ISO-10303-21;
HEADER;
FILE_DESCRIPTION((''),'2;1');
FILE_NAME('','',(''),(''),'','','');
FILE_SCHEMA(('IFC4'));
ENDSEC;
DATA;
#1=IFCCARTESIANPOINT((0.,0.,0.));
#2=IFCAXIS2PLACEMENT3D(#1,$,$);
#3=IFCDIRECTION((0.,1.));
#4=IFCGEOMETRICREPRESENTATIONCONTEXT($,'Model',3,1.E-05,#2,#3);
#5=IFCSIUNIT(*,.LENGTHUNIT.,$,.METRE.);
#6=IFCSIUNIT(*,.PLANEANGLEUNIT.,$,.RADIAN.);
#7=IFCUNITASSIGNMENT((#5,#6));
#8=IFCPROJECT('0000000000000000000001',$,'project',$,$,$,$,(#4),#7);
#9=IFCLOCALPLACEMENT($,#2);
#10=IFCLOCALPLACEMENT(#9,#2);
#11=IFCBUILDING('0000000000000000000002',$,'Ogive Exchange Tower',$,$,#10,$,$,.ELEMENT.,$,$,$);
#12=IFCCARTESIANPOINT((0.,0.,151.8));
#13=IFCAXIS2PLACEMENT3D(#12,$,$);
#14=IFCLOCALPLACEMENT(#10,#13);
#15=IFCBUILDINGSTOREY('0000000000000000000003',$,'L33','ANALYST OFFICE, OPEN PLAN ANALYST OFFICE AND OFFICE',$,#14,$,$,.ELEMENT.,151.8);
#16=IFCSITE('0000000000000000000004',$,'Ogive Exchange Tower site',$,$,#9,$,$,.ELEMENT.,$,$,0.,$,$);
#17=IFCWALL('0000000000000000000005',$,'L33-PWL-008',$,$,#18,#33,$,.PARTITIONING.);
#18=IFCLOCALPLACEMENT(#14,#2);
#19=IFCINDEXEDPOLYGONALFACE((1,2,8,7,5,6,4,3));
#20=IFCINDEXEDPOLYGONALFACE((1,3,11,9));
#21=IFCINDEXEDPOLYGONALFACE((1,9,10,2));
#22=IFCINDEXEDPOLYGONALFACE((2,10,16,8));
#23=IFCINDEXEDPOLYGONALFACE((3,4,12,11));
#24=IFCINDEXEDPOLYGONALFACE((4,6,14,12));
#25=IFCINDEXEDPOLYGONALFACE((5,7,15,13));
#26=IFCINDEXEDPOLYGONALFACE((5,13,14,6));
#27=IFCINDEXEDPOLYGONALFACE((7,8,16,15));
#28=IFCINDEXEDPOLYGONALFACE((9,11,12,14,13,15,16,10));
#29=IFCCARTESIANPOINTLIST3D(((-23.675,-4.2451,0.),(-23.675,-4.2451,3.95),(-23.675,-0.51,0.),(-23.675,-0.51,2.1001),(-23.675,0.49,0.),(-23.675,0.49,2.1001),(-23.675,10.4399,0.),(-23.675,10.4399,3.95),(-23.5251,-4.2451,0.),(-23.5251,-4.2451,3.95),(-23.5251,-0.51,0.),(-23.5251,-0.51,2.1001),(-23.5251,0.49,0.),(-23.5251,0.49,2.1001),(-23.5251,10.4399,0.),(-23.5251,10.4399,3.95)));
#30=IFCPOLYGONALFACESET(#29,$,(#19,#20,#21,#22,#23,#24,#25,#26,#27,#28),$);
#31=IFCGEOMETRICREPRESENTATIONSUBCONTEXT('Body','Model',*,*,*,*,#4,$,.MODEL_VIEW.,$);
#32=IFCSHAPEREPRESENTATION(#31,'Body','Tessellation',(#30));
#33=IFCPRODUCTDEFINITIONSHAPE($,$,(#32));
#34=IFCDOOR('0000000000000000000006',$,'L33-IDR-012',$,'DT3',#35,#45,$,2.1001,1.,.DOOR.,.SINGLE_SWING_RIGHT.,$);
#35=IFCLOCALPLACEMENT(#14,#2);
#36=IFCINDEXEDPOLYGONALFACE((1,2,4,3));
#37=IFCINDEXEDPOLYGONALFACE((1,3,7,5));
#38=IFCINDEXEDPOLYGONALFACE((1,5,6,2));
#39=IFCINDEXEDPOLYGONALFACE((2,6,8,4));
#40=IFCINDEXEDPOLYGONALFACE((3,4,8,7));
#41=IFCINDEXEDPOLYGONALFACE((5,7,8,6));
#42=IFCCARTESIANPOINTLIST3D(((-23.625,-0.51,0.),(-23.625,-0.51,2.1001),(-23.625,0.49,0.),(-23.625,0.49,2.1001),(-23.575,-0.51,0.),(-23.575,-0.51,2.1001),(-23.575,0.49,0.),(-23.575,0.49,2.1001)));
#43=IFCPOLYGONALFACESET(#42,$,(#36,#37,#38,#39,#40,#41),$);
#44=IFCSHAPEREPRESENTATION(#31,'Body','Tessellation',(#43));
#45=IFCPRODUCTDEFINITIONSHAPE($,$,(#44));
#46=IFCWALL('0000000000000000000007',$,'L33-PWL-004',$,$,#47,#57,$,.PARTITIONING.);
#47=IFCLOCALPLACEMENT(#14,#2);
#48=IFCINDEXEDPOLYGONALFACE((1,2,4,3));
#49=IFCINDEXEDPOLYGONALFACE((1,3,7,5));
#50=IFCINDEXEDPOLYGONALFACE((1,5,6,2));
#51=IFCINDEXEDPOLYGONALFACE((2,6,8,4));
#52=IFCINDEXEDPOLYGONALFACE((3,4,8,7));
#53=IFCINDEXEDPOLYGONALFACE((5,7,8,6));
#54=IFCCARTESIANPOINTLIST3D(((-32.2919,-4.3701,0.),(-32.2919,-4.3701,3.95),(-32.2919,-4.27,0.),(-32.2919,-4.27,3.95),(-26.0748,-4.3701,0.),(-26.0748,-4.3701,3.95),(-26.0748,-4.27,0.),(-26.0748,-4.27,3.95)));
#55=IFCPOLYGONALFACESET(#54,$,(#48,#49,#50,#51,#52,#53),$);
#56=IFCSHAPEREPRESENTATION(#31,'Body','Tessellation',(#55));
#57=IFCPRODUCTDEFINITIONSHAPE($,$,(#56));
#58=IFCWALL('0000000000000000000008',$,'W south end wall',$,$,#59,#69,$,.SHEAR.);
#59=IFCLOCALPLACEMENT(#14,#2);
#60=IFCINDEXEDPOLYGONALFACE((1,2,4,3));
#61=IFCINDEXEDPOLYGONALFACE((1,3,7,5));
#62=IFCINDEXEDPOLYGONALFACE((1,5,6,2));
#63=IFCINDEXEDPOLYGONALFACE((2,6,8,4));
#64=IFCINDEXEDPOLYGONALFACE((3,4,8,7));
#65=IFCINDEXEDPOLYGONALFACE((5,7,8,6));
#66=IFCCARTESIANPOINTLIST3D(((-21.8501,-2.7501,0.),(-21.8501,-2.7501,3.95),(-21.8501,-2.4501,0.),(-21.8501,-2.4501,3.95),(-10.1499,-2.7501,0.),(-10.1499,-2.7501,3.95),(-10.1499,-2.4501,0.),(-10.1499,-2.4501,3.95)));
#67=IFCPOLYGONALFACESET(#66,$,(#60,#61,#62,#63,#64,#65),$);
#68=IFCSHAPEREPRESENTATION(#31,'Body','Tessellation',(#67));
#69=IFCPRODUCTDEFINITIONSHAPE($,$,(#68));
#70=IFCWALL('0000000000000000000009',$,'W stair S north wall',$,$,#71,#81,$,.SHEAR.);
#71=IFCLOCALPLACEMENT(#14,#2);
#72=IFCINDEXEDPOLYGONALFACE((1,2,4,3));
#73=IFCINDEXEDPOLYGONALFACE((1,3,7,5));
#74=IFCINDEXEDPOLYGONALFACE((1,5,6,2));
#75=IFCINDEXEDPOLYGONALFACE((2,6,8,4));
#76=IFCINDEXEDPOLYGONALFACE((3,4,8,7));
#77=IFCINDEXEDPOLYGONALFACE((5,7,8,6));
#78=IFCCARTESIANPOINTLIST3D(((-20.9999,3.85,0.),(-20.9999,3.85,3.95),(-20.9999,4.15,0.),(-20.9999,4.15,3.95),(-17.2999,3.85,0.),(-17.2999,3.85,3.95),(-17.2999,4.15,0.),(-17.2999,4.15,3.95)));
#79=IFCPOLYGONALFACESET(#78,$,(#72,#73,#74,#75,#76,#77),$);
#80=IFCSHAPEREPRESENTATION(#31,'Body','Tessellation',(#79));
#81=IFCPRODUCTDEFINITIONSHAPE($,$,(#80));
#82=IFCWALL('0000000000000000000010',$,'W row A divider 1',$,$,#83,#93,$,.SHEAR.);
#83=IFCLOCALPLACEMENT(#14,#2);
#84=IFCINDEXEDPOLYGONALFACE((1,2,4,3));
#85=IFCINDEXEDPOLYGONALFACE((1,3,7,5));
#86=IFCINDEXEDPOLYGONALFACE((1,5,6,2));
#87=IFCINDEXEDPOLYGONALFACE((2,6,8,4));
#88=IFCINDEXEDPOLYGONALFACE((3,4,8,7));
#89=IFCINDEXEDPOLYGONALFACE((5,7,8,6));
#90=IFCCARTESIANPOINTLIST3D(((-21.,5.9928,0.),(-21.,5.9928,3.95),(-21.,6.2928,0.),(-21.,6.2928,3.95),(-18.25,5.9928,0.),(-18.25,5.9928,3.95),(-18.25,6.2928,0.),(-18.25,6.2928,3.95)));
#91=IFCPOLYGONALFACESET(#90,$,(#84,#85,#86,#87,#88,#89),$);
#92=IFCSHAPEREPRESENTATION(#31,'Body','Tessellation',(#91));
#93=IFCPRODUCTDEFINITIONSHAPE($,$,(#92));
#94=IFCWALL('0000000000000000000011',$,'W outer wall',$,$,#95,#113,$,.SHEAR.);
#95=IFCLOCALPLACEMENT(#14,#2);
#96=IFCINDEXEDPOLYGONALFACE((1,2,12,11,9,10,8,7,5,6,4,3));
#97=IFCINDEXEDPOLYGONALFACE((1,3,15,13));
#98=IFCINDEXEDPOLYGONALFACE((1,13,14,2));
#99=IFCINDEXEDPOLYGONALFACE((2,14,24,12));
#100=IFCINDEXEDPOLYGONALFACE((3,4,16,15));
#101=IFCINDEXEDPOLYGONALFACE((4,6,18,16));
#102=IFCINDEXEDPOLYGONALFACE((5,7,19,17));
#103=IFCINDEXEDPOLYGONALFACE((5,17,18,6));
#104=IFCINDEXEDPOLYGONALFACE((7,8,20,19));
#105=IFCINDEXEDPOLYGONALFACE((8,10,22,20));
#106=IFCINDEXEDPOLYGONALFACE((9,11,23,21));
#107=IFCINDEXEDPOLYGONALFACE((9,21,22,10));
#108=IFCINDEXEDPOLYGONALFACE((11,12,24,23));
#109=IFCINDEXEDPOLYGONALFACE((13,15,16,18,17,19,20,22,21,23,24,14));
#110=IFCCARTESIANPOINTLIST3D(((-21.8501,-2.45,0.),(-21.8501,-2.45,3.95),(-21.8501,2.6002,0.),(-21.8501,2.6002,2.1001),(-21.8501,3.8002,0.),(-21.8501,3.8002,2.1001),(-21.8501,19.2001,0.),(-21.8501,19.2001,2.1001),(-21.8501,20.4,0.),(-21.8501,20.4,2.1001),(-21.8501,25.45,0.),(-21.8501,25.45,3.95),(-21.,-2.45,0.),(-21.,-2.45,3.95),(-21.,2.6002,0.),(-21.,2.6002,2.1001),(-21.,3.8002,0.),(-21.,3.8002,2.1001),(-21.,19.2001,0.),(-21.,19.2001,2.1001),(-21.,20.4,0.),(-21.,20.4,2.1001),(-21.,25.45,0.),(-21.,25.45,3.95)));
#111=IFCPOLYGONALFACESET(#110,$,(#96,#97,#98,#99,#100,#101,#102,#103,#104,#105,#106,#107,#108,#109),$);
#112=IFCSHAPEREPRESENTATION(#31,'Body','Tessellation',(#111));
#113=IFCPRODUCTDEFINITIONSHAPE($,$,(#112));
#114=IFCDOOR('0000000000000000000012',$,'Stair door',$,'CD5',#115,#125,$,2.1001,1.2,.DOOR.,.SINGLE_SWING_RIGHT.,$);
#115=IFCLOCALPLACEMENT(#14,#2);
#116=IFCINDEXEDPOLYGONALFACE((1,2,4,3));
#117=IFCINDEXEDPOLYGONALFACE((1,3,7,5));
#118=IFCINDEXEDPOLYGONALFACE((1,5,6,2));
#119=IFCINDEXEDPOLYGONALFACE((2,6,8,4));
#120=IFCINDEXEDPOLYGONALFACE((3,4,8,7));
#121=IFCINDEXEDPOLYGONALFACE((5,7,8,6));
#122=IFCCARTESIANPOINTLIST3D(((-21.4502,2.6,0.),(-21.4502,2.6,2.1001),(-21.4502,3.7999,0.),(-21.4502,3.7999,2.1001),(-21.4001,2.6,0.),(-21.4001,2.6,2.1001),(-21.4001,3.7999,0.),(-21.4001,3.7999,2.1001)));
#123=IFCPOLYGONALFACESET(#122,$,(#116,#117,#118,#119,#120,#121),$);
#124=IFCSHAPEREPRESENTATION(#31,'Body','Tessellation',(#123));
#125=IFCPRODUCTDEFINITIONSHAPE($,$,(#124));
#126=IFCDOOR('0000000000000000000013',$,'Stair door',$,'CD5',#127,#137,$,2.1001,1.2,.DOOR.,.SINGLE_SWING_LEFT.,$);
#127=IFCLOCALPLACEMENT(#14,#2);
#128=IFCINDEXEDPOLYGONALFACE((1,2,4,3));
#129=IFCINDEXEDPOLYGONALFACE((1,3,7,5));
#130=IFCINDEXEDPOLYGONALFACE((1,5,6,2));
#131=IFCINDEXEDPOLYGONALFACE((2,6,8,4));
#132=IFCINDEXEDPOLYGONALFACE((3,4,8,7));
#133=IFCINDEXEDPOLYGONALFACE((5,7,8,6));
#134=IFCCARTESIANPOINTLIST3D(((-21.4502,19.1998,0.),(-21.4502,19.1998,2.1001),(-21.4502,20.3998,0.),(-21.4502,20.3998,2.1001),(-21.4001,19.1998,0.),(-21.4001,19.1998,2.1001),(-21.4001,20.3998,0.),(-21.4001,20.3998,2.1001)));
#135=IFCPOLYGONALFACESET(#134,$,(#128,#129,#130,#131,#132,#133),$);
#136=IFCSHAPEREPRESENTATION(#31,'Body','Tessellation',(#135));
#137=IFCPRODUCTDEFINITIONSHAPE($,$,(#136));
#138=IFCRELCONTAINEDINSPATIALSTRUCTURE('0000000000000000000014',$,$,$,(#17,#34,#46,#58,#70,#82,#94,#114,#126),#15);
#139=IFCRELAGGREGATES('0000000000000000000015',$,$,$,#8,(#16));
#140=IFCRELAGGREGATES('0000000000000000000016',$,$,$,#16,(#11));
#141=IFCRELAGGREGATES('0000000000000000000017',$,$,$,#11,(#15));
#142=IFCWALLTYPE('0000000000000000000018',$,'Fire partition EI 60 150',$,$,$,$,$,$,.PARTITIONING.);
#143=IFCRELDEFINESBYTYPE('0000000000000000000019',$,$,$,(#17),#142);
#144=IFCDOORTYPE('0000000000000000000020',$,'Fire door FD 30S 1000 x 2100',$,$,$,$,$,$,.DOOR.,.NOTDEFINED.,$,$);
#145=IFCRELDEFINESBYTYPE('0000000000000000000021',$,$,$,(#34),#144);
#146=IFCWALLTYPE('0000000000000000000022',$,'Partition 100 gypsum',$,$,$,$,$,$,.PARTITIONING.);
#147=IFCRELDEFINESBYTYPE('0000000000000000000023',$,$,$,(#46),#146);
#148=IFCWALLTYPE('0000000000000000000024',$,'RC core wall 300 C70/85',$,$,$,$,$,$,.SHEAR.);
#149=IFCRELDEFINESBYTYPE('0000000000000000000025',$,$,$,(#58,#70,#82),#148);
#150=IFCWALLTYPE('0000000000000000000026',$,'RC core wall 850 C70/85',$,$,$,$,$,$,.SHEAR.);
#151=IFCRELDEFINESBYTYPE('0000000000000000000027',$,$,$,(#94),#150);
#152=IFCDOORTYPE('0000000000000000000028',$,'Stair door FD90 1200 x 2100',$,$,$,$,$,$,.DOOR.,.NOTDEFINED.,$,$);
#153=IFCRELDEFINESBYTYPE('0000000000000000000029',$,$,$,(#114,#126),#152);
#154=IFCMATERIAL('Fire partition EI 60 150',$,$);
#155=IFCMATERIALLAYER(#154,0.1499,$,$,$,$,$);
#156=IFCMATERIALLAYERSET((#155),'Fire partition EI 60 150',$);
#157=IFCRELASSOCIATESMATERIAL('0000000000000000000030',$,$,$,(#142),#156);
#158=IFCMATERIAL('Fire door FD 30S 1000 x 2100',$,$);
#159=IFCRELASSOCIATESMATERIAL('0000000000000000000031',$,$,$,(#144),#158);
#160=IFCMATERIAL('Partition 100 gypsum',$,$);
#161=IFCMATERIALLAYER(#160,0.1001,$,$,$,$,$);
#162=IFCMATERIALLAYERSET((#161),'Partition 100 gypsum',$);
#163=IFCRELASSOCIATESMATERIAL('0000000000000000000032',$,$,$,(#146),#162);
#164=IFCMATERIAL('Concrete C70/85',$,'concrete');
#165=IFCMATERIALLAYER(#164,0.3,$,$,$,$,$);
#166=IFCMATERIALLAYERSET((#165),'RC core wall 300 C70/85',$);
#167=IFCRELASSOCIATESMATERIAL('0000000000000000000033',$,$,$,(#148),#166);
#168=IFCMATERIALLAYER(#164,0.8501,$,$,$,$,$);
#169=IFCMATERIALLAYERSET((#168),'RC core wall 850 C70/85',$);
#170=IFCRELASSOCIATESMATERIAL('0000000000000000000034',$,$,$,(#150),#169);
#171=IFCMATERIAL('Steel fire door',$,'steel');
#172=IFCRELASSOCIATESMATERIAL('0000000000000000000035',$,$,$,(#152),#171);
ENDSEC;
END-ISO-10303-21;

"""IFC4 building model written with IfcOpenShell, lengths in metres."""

from ifc_helpers import new_model, si_unit, direction, frame, frame_2d, origin, place, context, subcontext, project, spatial, rectangle, extrude, material, layer, layer_set, type_object, element, fill, save


model = new_model("IFC4")

# Units and contexts
model_context = context("Model", 3, precision=1e-05, world=origin(), true_north=direction((0.0, 1.0)))
body_context = subcontext(model_context, "Body", "Model", "MODEL_VIEW")
ifc_project = project(units=[si_unit("LENGTHUNIT", "METRE"), si_unit("PLANEANGLEUNIT", "RADIAN")], contexts=[model_context])

# Site, building, storey
site_placement = place(None, origin())
site = spatial("IfcSite", under=ifc_project, at=site_placement, Name="Ogive Exchange Tower site", CompositionType="ELEMENT", RefElevation=0.0)
building_placement = place(site_placement, origin())
building = spatial("IfcBuilding", under=site, at=building_placement, Name="Ogive Exchange Tower", CompositionType="ELEMENT")
storey_placement = place(building_placement, frame((0.0, 0.0, 151.8)))
storey = spatial("IfcBuildingStorey", under=building, at=storey_placement, Name="L33", Description="ANALYST OFFICE, OPEN PLAN ANALYST OFFICE AND OFFICE", CompositionType="ELEMENT", Elevation=151.8)

# Shared definitions
ifc_material_1 = material(Name="Fire partition EI 60 150")
ifc_layer_1 = layer(ifc_material_1, 0.1499)
ifc_layer_set_1 = layer_set([ifc_layer_1], Name="Fire partition EI 60 150")
wall_type_1 = type_object("IfcWallType", Name="Fire partition EI 60 150", PredefinedType="PARTITIONING", material=ifc_layer_set_1)
ifc_material_2 = material(Name="Fire door FD 30S 1000 x 2100")
door_type_1 = type_object("IfcDoorType", Name="Fire door FD 30S 1000 x 2100", OperationType="NOTDEFINED", PredefinedType="DOOR", material=ifc_material_2)

# Wall, opening, door
wall_1_placement = place(storey_placement, frame((-23.6001, -4.2451, 0.0), z_axis=(0.0, 0.0, 1.0), x_axis=(0.0, 1.0, 0.0)))
wall_1 = element("IfcWall", 1, at=wall_1_placement, inside=storey, type_object=wall_type_1, Name="L33-PWL-008", PredefinedType="PARTITIONING", context=body_context, shape_type="SweptSolid", body=[
    extrude(rectangle(XDim=14.6851, YDim=0.1499, at=frame_2d((7.3425, 0.0))), origin(), (0.0, 0.0, 1.0), 3.95),
])
opening_1_placement = place(wall_1_placement, frame((3.7351, 0.0, 0.0)))
opening_1 = element("IfcOpeningElement", 2, at=opening_1_placement, cuts=wall_1, PredefinedType="OPENING", context=body_context, shape_type="SweptSolid", body=[
    extrude(rectangle(XDim=1.0, YDim=2.1001, at=frame_2d((0.5, 1.05))), frame((0.0, 0.085, 0.0), z_axis=(0.0, -1.0, 0.0), x_axis=(1.0, 0.0, 0.0)), (0.0, 0.0, 1.0), 0.1699),
])
door_1_placement = place(opening_1_placement, origin())
door_1 = element("IfcDoor", 3, at=door_1_placement, inside=storey, type_object=door_type_1, Name="L33-IDR-012", ObjectType="DT3", OperationType="SINGLE_SWING_RIGHT", OverallHeight=2.1001, OverallWidth=1.0, PredefinedType="DOOR", context=body_context, shape_type="SweptSolid", body=[
    extrude(rectangle(XDim=1.0, YDim=2.1001, at=frame_2d((0.5, 1.05))), frame((0.0, 0.0249, 0.0), z_axis=(0.0, -1.0, 0.0), x_axis=(1.0, 0.0, 0.0)), (0.0, 0.0, 1.0), 0.05),
])
fill(opening_1, door_1)

# Walls
ifc_material_3 = material(Name="Partition 100 gypsum")
ifc_layer_2 = layer(ifc_material_3, 0.1001)
ifc_layer_set_2 = layer_set([ifc_layer_2], Name="Partition 100 gypsum")
wall_type_2 = type_object("IfcWallType", Name="Partition 100 gypsum", PredefinedType="PARTITIONING", material=ifc_layer_set_2)
wall_2_placement = place(storey_placement, frame((-26.075, -4.3201, 0.0), z_axis=(0.0, 0.0, 1.0), x_axis=(-1.0, 0.0, 0.0)))
element("IfcWall", 4, at=wall_2_placement, inside=storey, type_object=wall_type_2, Name="L33-PWL-004", PredefinedType="PARTITIONING", context=body_context, shape_type="SweptSolid", body=[
    extrude(rectangle(XDim=6.217, YDim=0.1001, at=frame_2d((3.1084, 0.0))), origin(), (0.0, 0.0, 1.0), 3.95),
])
ifc_material_4 = material(Name="Concrete C70/85", Category="concrete")
ifc_layer_3 = layer(ifc_material_4, 0.3)
ifc_layer_set_3 = layer_set([ifc_layer_3], Name="RC core wall 300 C70/85")
wall_type_3 = type_object("IfcWallType", Name="RC core wall 300 C70/85", PredefinedType="SHEAR", material=ifc_layer_set_3)
wall_3_placement = place(storey_placement, frame((-21.8501, -2.6001, 0.0), z_axis=(0.0, 0.0, 1.0), x_axis=(1.0, 0.0, 0.0)))
element("IfcWall", 5, at=wall_3_placement, inside=storey, type_object=wall_type_3, Name="W south end wall", PredefinedType="SHEAR", context=body_context, shape_type="SweptSolid", body=[
    extrude(rectangle(XDim=11.7002, YDim=0.3, at=frame_2d((5.8501, 0.0))), origin(), (0.0, 0.0, 1.0), 3.95),
])
wall_4_placement = place(storey_placement, frame((-21.0, 4.0, 0.0), z_axis=(0.0, 0.0, 1.0), x_axis=(1.0, 0.0, 0.0)))
element("IfcWall", 6, at=wall_4_placement, inside=storey, type_object=wall_type_3, Name="W stair S north wall", PredefinedType="SHEAR", context=body_context, shape_type="SweptSolid", body=[
    extrude(rectangle(XDim=3.7, YDim=0.3, at=frame_2d((1.8501, 0.0))), origin(), (0.0, 0.0, 1.0), 3.95),
])
wall_5_placement = place(storey_placement, frame((-21.0, 6.1428, 0.0), z_axis=(0.0, 0.0, 1.0), x_axis=(1.0, 0.0, 0.0)))
element("IfcWall", 7, at=wall_5_placement, inside=storey, type_object=wall_type_3, Name="W row A divider 1", PredefinedType="SHEAR", context=body_context, shape_type="SweptSolid", body=[
    extrude(rectangle(XDim=2.75, YDim=0.3, at=frame_2d((1.375, 0.0))), origin(), (0.0, 0.0, 1.0), 3.95),
])

# Wall, openings, doors
ifc_layer_4 = layer(ifc_material_4, 0.8501)
ifc_layer_set_4 = layer_set([ifc_layer_4], Name="RC core wall 850 C70/85")
wall_type_4 = type_object("IfcWallType", Name="RC core wall 850 C70/85", PredefinedType="SHEAR", material=ifc_layer_set_4)
wall_6_placement = place(storey_placement, frame((-21.425, -2.45, 0.0), z_axis=(0.0, 0.0, 1.0), x_axis=(0.0, 1.0, 0.0)))
wall_6 = element("IfcWall", 8, at=wall_6_placement, inside=storey, type_object=wall_type_4, Name="W outer wall", PredefinedType="SHEAR", context=body_context, shape_type="SweptSolid", body=[
    extrude(rectangle(XDim=27.8999, YDim=0.8501, at=frame_2d((13.95, 0.0))), origin(), (0.0, 0.0, 1.0), 3.95),
])
opening_2_placement = place(wall_6_placement, frame((5.05, 0.0, 0.0)))
opening_2 = element("IfcOpeningElement", 9, at=opening_2_placement, cuts=wall_6, PredefinedType="OPENING", context=body_context, shape_type="SweptSolid", body=[
    extrude(rectangle(XDim=1.2, YDim=2.1001, at=frame_2d((0.6001, 1.05))), frame((0.0, 0.4351, 0.0), z_axis=(0.0, -1.0, 0.0), x_axis=(1.0, 0.0, 0.0)), (0.0, 0.0, 1.0), 0.8701),
])
opening_3_placement = place(wall_6_placement, frame((21.6499, 0.0, 0.0)))
opening_3 = element("IfcOpeningElement", 10, at=opening_3_placement, cuts=wall_6, PredefinedType="OPENING", context=body_context, shape_type="SweptSolid", body=[
    extrude(rectangle(XDim=1.2, YDim=2.1001, at=frame_2d((0.6001, 1.05))), frame((0.0, 0.4351, 0.0), z_axis=(0.0, -1.0, 0.0), x_axis=(1.0, 0.0, 0.0)), (0.0, 0.0, 1.0), 0.8701),
])
ifc_material_5 = material(Name="Steel fire door", Category="steel")
door_type_2 = type_object("IfcDoorType", Name="Stair door FD90 1200 x 2100", OperationType="NOTDEFINED", PredefinedType="DOOR", material=ifc_material_5)
door_2_placement = place(opening_2_placement, frame((1.2, 0.0, 0.0), z_axis=(0.0, 0.0, 1.0), x_axis=(-1.0, 0.0, 0.0)))
door_2 = element("IfcDoor", 11, at=door_2_placement, inside=storey, type_object=door_type_2, Name="Stair door", ObjectType="CD5", OperationType="SINGLE_SWING_RIGHT", OverallHeight=2.1001, OverallWidth=1.2, PredefinedType="DOOR", context=body_context, shape_type="SweptSolid", body=[
    extrude(rectangle(XDim=1.2, YDim=2.1001, at=frame_2d((0.6001, 1.05))), frame((0.0, 0.0249, 0.0), z_axis=(0.0, -1.0, 0.0), x_axis=(1.0, 0.0, 0.0)), (0.0, 0.0, 1.0), 0.05),
])
fill(opening_2, door_2)
door_3_placement = place(opening_3_placement, frame((1.2, 0.0, 0.0), z_axis=(0.0, 0.0, 1.0), x_axis=(-1.0, 0.0, 0.0)))
door_3 = element("IfcDoor", 12, at=door_3_placement, inside=storey, type_object=door_type_2, Name="Stair door", ObjectType="CD5", OperationType="SINGLE_SWING_LEFT", OverallHeight=2.1001, OverallWidth=1.2, PredefinedType="DOOR", context=body_context, shape_type="SweptSolid", body=[
    extrude(rectangle(XDim=1.2, YDim=2.1001, at=frame_2d((0.6001, 1.05))), frame((0.0, 0.0249, 0.0), z_axis=(0.0, -1.0, 0.0), x_axis=(1.0, 0.0, 0.0)), (0.0, 0.0, 1.0), 0.05),
])
fill(opening_3, door_3)

save(model, "model.ifc")
